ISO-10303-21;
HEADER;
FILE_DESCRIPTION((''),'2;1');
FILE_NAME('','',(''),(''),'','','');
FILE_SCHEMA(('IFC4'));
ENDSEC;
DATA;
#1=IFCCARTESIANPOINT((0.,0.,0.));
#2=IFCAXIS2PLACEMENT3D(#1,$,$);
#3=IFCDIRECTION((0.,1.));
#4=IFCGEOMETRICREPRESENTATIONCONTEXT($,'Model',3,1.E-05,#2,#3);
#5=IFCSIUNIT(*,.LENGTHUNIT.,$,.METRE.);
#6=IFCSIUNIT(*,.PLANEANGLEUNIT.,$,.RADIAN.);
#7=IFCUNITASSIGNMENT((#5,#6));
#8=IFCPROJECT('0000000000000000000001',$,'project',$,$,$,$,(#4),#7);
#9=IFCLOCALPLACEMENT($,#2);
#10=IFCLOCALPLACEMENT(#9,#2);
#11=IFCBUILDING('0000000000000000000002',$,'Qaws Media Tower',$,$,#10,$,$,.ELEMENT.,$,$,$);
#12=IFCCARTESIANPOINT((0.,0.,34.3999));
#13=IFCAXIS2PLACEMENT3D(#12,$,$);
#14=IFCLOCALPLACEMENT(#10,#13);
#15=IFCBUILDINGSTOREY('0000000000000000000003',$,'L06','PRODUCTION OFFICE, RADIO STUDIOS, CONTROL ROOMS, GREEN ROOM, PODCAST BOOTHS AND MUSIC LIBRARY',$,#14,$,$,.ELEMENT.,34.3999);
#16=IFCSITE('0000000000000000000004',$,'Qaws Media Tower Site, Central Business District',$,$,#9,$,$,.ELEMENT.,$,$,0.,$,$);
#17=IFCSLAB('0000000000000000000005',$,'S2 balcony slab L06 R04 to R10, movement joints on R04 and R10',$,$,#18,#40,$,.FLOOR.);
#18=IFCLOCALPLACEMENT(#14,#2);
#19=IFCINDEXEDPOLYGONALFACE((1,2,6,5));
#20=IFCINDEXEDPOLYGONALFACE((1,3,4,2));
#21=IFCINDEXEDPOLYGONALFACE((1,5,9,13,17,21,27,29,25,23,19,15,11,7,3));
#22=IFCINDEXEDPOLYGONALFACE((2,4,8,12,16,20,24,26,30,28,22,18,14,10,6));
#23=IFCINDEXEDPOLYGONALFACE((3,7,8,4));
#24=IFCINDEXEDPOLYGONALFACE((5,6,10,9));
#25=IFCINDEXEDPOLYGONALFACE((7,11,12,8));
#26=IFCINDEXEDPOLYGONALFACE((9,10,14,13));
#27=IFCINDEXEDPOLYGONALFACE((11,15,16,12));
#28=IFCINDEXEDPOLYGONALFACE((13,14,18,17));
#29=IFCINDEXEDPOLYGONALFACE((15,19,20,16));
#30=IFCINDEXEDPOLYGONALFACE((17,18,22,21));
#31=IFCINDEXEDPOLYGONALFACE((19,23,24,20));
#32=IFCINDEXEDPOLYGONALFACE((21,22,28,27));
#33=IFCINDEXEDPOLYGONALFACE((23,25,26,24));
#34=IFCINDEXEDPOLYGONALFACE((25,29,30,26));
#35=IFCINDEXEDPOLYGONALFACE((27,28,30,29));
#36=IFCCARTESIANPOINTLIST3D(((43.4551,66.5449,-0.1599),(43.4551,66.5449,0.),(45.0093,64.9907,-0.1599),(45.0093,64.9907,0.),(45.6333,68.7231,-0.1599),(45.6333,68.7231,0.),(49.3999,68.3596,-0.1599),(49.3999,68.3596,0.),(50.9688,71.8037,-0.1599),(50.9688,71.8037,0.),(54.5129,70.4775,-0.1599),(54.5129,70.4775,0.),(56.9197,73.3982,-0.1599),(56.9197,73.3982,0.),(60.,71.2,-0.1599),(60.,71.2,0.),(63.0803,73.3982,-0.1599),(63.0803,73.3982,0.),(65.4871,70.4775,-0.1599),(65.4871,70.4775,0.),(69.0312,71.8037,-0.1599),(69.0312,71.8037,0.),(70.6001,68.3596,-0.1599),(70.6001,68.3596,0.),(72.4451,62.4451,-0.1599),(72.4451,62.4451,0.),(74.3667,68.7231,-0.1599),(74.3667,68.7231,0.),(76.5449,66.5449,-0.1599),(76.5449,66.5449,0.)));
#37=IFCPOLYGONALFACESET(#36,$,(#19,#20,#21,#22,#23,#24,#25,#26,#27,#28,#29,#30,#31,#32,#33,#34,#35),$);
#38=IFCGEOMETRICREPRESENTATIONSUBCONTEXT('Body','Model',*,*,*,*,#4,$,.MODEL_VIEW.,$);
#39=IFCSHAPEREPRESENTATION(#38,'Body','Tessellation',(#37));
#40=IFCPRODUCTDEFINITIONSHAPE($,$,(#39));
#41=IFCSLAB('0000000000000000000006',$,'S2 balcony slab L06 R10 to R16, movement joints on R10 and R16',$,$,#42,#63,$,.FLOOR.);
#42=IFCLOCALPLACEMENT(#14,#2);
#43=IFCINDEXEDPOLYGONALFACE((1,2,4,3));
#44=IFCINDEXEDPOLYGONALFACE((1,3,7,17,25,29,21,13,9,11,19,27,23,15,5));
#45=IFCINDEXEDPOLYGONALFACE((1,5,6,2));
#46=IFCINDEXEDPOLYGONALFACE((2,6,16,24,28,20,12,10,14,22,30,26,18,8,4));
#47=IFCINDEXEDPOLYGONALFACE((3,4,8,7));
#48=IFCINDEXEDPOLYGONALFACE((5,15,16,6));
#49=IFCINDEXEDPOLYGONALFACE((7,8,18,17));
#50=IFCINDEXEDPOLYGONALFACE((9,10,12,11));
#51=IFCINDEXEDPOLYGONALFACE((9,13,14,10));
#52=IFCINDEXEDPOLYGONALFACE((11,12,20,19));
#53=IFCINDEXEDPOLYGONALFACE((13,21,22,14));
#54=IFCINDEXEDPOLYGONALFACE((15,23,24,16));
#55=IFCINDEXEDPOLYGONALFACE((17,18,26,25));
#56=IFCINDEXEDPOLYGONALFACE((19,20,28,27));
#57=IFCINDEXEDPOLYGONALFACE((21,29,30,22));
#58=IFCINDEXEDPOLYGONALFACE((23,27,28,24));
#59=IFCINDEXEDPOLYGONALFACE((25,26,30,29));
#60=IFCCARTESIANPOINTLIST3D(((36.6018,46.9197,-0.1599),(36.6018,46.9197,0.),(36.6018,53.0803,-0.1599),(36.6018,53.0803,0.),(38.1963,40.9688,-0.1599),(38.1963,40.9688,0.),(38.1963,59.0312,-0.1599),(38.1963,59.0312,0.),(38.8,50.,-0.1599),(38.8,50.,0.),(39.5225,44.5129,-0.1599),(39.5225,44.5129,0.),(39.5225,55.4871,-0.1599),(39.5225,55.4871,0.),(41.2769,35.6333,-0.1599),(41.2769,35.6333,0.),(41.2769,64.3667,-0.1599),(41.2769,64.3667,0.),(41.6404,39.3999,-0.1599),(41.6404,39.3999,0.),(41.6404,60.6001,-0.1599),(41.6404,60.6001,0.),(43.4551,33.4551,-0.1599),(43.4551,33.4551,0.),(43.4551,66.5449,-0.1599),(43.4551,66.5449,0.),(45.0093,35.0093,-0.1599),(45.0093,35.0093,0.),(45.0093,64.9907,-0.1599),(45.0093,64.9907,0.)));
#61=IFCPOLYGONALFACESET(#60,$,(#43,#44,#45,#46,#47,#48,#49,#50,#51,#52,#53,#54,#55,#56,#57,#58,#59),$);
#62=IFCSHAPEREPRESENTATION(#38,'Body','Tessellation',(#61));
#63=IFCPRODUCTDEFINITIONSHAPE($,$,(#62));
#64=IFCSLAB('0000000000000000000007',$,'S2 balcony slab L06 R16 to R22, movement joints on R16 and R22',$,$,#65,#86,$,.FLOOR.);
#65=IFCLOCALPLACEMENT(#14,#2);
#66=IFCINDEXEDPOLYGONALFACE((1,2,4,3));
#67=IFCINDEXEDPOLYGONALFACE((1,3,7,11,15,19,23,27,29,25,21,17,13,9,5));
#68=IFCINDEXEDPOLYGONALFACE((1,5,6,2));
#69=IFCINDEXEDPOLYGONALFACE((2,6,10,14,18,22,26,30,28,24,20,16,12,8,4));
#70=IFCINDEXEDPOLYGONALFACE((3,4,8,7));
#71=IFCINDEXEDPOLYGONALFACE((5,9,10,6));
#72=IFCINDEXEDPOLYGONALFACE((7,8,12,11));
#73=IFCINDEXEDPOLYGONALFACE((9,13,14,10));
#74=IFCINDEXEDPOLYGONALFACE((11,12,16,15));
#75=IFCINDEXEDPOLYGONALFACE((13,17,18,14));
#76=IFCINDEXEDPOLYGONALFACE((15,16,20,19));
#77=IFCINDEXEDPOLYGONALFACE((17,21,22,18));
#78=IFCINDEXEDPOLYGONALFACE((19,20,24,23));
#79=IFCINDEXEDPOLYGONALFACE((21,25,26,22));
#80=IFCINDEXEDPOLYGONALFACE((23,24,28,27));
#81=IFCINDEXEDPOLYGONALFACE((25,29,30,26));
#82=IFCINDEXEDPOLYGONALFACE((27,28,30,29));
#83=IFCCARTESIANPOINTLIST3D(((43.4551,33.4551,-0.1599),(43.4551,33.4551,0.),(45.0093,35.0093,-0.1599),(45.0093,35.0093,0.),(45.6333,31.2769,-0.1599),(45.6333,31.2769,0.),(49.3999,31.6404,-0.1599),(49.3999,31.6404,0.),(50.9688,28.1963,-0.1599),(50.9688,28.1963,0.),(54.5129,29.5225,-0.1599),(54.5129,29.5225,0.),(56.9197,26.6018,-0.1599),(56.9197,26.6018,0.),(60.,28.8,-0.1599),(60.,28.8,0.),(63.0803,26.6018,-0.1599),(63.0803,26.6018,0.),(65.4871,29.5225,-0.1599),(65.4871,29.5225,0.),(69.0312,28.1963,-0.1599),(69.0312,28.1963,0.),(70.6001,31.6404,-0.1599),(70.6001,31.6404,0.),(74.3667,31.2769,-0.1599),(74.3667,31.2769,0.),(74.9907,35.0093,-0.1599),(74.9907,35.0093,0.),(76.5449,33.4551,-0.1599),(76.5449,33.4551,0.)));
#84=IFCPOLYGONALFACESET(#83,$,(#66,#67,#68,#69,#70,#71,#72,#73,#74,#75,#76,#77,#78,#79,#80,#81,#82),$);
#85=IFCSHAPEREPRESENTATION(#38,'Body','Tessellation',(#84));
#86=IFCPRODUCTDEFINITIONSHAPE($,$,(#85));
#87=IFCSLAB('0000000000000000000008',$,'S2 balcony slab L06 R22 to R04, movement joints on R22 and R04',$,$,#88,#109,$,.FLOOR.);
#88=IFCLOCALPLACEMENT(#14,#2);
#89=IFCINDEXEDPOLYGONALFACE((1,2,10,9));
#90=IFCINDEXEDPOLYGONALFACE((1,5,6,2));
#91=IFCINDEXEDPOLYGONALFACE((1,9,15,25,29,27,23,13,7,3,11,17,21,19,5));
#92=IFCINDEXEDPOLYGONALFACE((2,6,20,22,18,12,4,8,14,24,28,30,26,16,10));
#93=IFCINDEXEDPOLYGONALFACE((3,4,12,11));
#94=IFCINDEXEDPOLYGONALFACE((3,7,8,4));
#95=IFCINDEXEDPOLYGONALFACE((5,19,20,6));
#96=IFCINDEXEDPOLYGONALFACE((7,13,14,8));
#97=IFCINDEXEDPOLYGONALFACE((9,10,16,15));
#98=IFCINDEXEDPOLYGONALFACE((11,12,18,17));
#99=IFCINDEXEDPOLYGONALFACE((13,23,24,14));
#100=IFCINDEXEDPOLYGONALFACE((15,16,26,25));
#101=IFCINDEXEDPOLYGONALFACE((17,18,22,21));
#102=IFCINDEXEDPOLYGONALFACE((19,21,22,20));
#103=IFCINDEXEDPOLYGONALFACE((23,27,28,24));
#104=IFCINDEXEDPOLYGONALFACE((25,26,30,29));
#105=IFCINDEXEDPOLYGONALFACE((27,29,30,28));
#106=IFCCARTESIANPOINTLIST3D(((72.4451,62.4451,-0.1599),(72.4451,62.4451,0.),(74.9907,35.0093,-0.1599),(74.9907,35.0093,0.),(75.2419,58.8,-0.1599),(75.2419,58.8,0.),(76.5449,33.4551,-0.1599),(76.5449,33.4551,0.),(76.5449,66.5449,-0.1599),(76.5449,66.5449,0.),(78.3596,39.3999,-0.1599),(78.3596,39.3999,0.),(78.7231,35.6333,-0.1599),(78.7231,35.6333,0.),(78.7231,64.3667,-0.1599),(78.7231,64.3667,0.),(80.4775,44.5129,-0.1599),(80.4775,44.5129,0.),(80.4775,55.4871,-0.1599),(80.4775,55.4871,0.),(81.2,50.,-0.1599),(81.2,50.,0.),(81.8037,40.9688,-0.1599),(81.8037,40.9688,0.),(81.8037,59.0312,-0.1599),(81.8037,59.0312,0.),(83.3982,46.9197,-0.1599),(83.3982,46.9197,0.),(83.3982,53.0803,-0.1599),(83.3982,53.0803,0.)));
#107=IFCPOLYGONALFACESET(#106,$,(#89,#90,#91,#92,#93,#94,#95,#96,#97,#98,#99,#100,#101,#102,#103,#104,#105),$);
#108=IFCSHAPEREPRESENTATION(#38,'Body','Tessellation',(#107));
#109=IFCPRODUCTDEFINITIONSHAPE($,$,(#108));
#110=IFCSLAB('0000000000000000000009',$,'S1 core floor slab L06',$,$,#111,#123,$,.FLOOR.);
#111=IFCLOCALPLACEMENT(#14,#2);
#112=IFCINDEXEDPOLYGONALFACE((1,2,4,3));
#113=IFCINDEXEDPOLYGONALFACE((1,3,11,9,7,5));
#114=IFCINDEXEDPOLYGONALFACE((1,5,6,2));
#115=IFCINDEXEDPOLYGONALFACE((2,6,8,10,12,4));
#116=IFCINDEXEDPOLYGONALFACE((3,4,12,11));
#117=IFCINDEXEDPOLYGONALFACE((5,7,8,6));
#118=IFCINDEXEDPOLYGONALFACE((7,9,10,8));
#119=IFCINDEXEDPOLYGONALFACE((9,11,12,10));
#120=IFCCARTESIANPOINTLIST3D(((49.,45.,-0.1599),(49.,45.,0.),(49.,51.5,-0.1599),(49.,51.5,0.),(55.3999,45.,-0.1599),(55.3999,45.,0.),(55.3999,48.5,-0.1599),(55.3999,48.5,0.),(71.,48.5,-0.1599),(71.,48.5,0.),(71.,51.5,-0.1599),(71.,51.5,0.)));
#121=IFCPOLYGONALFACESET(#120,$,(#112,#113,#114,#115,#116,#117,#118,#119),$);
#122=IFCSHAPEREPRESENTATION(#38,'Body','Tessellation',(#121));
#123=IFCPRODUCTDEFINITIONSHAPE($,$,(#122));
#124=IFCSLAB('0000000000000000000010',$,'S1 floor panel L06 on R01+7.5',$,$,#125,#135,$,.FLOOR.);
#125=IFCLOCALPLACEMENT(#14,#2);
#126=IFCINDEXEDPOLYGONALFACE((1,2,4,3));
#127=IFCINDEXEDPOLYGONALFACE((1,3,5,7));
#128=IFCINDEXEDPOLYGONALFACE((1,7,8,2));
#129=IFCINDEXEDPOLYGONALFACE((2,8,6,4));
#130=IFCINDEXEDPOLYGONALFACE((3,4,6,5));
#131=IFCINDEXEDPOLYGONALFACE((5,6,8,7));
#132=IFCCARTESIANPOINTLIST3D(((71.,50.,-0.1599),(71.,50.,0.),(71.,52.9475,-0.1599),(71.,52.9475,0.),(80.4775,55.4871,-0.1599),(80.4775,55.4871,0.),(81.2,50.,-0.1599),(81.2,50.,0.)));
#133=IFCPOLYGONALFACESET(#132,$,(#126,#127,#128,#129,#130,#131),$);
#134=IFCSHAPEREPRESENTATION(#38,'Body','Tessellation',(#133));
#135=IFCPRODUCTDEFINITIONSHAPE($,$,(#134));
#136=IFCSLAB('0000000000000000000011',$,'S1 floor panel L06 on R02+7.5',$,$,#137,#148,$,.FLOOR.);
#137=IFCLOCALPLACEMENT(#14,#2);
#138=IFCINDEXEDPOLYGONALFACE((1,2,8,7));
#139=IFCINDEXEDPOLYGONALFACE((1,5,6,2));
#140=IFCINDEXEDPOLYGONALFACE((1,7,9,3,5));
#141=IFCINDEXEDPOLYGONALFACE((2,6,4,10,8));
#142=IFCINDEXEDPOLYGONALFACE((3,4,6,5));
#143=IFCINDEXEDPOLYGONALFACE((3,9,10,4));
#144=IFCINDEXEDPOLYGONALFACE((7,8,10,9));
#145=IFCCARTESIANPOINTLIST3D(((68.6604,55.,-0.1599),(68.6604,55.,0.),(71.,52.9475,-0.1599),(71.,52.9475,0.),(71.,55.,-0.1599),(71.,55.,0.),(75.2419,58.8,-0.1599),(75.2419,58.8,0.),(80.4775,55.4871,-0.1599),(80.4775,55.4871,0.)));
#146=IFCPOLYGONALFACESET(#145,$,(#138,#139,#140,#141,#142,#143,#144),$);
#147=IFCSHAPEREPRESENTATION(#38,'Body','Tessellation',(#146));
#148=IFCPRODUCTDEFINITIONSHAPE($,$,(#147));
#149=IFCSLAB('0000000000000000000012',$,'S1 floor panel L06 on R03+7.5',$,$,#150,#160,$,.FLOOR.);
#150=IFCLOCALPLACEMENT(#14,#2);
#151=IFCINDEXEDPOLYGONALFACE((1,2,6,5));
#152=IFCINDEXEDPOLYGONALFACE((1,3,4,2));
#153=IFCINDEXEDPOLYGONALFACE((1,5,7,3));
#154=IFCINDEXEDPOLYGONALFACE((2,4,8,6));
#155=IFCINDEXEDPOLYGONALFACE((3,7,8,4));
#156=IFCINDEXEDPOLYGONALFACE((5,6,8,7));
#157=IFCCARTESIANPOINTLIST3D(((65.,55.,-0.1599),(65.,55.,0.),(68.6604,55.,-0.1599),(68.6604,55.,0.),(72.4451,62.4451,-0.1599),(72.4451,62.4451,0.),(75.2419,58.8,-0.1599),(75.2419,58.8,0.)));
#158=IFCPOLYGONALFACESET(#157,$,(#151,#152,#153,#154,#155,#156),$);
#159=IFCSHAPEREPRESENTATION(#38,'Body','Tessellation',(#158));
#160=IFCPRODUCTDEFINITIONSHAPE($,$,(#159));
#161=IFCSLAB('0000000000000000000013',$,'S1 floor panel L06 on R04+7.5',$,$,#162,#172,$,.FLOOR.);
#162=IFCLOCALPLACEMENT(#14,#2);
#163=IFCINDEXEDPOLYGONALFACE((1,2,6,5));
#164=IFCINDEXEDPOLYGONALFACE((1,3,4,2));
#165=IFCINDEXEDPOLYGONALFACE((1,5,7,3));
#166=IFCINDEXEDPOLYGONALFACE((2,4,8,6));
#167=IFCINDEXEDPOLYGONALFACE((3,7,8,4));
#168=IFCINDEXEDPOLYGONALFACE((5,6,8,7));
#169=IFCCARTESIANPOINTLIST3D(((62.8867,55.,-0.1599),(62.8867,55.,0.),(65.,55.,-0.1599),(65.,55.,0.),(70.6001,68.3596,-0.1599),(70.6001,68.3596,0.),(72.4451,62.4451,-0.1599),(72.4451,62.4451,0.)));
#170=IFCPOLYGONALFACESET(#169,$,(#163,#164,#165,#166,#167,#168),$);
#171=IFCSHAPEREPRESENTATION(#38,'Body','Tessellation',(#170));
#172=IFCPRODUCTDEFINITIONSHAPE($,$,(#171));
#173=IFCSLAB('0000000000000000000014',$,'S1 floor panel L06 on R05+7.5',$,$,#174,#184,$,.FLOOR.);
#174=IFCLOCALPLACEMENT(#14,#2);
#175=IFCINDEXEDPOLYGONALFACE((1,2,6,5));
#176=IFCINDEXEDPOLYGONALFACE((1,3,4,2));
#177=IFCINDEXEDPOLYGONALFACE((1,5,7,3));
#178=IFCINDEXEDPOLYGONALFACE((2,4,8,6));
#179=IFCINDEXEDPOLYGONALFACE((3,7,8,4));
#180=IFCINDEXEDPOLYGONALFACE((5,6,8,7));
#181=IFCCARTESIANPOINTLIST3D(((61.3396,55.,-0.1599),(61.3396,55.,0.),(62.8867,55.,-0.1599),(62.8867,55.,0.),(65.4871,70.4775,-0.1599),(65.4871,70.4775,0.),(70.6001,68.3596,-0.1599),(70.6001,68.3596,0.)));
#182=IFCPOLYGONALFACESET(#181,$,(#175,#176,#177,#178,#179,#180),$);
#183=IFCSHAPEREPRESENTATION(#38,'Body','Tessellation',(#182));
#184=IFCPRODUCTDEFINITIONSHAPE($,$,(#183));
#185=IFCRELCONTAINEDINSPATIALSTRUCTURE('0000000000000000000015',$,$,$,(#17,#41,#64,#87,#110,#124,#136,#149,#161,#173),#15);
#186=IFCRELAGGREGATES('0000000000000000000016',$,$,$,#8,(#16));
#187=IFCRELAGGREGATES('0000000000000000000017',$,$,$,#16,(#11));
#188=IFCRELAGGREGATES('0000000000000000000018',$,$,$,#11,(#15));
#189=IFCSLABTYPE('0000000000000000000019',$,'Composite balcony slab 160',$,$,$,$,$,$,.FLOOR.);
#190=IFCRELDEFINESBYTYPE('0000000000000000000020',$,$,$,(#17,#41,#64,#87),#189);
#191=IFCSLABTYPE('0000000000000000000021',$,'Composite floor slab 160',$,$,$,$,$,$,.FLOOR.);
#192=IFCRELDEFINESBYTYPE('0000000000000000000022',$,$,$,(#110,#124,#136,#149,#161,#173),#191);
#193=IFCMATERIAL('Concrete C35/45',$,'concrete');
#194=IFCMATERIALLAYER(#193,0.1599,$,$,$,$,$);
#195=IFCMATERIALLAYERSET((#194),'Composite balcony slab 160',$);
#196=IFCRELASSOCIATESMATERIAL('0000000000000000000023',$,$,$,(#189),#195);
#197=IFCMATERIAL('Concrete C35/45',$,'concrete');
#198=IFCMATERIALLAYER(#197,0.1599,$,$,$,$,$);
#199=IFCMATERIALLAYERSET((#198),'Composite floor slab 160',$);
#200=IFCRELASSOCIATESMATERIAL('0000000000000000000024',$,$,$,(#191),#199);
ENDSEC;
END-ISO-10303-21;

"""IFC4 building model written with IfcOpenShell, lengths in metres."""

from ifc_helpers import new_model, si_unit, direction, frame, origin, place, context, subcontext, project, spatial, polyline, outline, extrude, material, layer, layer_set, type_object, element, save


model = new_model("IFC4")

# Units and contexts
model_context = context("Model", 3, precision=1e-05, world=origin(), true_north=direction((0.0, 1.0)))
body_context = subcontext(model_context, "Body", "Model", "MODEL_VIEW")
ifc_project = project(units=[si_unit("LENGTHUNIT", "METRE"), si_unit("PLANEANGLEUNIT", "RADIAN")], contexts=[model_context])

# Site, building, storey
site_placement = place(None, origin())
site = spatial("IfcSite", under=ifc_project, at=site_placement, Name="Qaws Media Tower Site, Central Business District", CompositionType="ELEMENT", RefElevation=0.0)
building_placement = place(site_placement, origin())
building = spatial("IfcBuilding", under=site, at=building_placement, Name="Qaws Media Tower", CompositionType="ELEMENT")
storey_placement = place(building_placement, frame((0.0, 0.0, 34.3999)))
storey = spatial("IfcBuildingStorey", under=building, at=storey_placement, Name="L06", Description="PRODUCTION OFFICE, RADIO STUDIOS, CONTROL ROOMS, GREEN ROOM, PODCAST BOOTHS AND MUSIC LIBRARY", CompositionType="ELEMENT", Elevation=34.3999)

# Slabs
ifc_material_1 = material(Name="Concrete C35/45", Category="concrete")
ifc_layer_1 = layer(ifc_material_1, 0.1599)
ifc_layer_set_1 = layer_set([ifc_layer_1], Name="Composite balcony slab 160")
slab_type_1 = type_object("IfcSlabType", Name="Composite balcony slab 160", PredefinedType="FLOOR", material=ifc_layer_set_1)
slab_1_placement = place(storey_placement, frame((0.0, 0.0, -0.1599)))
element("IfcSlab", 1, at=slab_1_placement, inside=storey, type_object=slab_type_1, Name="S2 balcony slab L06 R04 to R10, movement joints on R04 and R10", PredefinedType="FLOOR", context=body_context, shape_type="SweptSolid", body=[
    extrude(outline(polyline([(45.6333, 68.7231), (50.9688, 71.8037), (56.9197, 73.3982), (63.0803, 73.3982), (69.0312, 71.8037), (74.3667, 68.7231), (76.5449, 66.5449), (72.4451, 62.4451), (70.6001, 68.3596), (65.4871, 70.4775), (60.0, 71.2), (54.5129, 70.4775), (49.3999, 68.3596), (45.0093, 64.9907), (43.4551, 66.5449), (45.6333, 68.7231)])), origin(), (0.0, 0.0, 1.0), 0.1599),
])
slab_2_placement = place(storey_placement, frame((0.0, 0.0, -0.1599)))
element("IfcSlab", 2, at=slab_2_placement, inside=storey, type_object=slab_type_1, Name="S2 balcony slab L06 R10 to R16, movement joints on R10 and R16", PredefinedType="FLOOR", context=body_context, shape_type="SweptSolid", body=[
    extrude(outline(polyline([(41.2769, 35.6333), (38.1963, 40.9688), (36.6018, 46.9197), (36.6018, 53.0803), (38.1963, 59.0312), (41.2769, 64.3667), (43.4551, 66.5449), (45.0093, 64.9907), (41.6404, 60.6001), (39.5225, 55.4871), (38.8, 50.0), (39.5225, 44.5129), (41.6404, 39.3999), (45.0093, 35.0093), (43.4551, 33.4551), (41.2769, 35.6333)])), origin(), (0.0, 0.0, 1.0), 0.1599),
])
slab_3_placement = place(storey_placement, frame((0.0, 0.0, -0.1599)))
element("IfcSlab", 3, at=slab_3_placement, inside=storey, type_object=slab_type_1, Name="S2 balcony slab L06 R16 to R22, movement joints on R16 and R22", PredefinedType="FLOOR", context=body_context, shape_type="SweptSolid", body=[
    extrude(outline(polyline([(74.3667, 31.2769), (69.0312, 28.1963), (63.0803, 26.6018), (56.9197, 26.6018), (50.9688, 28.1963), (45.6333, 31.2769), (43.4551, 33.4551), (45.0093, 35.0093), (49.3999, 31.6404), (54.5129, 29.5225), (60.0, 28.8), (65.4871, 29.5225), (70.6001, 31.6404), (74.9907, 35.0093), (76.5449, 33.4551), (74.3667, 31.2769)])), origin(), (0.0, 0.0, 1.0), 0.1599),
])
slab_4_placement = place(storey_placement, frame((0.0, 0.0, -0.1599)))
element("IfcSlab", 4, at=slab_4_placement, inside=storey, type_object=slab_type_1, Name="S2 balcony slab L06 R22 to R04, movement joints on R22 and R04", PredefinedType="FLOOR", context=body_context, shape_type="SweptSolid", body=[
    extrude(outline(polyline([(81.8037, 40.9688), (78.7231, 35.6333), (76.5449, 33.4551), (74.9907, 35.0093), (78.3596, 39.3999), (80.4775, 44.5129), (81.2, 50.0), (80.4775, 55.4871), (75.2419, 58.8), (72.4451, 62.4451), (76.5449, 66.5449), (78.7231, 64.3667), (81.8037, 59.0312), (83.3982, 53.0803), (83.3982, 46.9197), (81.8037, 40.9688)])), origin(), (0.0, 0.0, 1.0), 0.1599),
])
ifc_material_2 = material(Name="Concrete C35/45", Category="concrete")
ifc_layer_2 = layer(ifc_material_2, 0.1599)
ifc_layer_set_2 = layer_set([ifc_layer_2], Name="Composite floor slab 160")
slab_type_2 = type_object("IfcSlabType", Name="Composite floor slab 160", PredefinedType="FLOOR", material=ifc_layer_set_2)
slab_5_placement = place(storey_placement, frame((0.0, 0.0, -0.1599)))
element("IfcSlab", 5, at=slab_5_placement, inside=storey, type_object=slab_type_2, Name="S1 core floor slab L06", PredefinedType="FLOOR", context=body_context, shape_type="SweptSolid", body=[
    extrude(outline(polyline([(71.0, 51.5), (71.0, 48.5), (55.3999, 48.5), (55.3999, 45.0), (49.0, 45.0), (49.0, 51.5), (71.0, 51.5)])), origin(), (0.0, 0.0, 1.0), 0.1599),
])
slab_6_placement = place(storey_placement, frame((0.0, 0.0, -0.1599)))
element("IfcSlab", 6, at=slab_6_placement, inside=storey, type_object=slab_type_2, Name="S1 floor panel L06 on R01+7.5", PredefinedType="FLOOR", context=body_context, shape_type="SweptSolid", body=[
    extrude(outline(polyline([(81.2, 50.0), (71.0, 50.0), (71.0, 52.9475), (80.4775, 55.4871), (81.2, 50.0)])), origin(), (0.0, 0.0, 1.0), 0.1599),
])
slab_7_placement = place(storey_placement, frame((0.0, 0.0, -0.1599)))
element("IfcSlab", 7, at=slab_7_placement, inside=storey, type_object=slab_type_2, Name="S1 floor panel L06 on R02+7.5", PredefinedType="FLOOR", context=body_context, shape_type="SweptSolid", body=[
    extrude(outline(polyline([(80.4775, 55.4871), (71.0, 52.9475), (71.0, 55.0), (68.6604, 55.0), (75.2419, 58.8), (80.4775, 55.4871)])), origin(), (0.0, 0.0, 1.0), 0.1599),
])
slab_8_placement = place(storey_placement, frame((0.0, 0.0, -0.1599)))
element("IfcSlab", 8, at=slab_8_placement, inside=storey, type_object=slab_type_2, Name="S1 floor panel L06 on R03+7.5", PredefinedType="FLOOR", context=body_context, shape_type="SweptSolid", body=[
    extrude(outline(polyline([(72.4451, 62.4451), (75.2419, 58.8), (68.6604, 55.0), (65.0, 55.0), (72.4451, 62.4451)])), origin(), (0.0, 0.0, 1.0), 0.1599),
])
slab_9_placement = place(storey_placement, frame((0.0, 0.0, -0.1599)))
element("IfcSlab", 9, at=slab_9_placement, inside=storey, type_object=slab_type_2, Name="S1 floor panel L06 on R04+7.5", PredefinedType="FLOOR", context=body_context, shape_type="SweptSolid", body=[
    extrude(outline(polyline([(72.4451, 62.4451), (65.0, 55.0), (62.8867, 55.0), (70.6001, 68.3596), (72.4451, 62.4451)])), origin(), (0.0, 0.0, 1.0), 0.1599),
])
slab_10_placement = place(storey_placement, frame((0.0, 0.0, -0.1599)))
element("IfcSlab", 10, at=slab_10_placement, inside=storey, type_object=slab_type_2, Name="S1 floor panel L06 on R05+7.5", PredefinedType="FLOOR", context=body_context, shape_type="SweptSolid", body=[
    extrude(outline(polyline([(65.4871, 70.4775), (70.6001, 68.3596), (62.8867, 55.0), (61.3396, 55.0), (65.4871, 70.4775)])), origin(), (0.0, 0.0, 1.0), 0.1599),
])

save(model, "model.ifc")
